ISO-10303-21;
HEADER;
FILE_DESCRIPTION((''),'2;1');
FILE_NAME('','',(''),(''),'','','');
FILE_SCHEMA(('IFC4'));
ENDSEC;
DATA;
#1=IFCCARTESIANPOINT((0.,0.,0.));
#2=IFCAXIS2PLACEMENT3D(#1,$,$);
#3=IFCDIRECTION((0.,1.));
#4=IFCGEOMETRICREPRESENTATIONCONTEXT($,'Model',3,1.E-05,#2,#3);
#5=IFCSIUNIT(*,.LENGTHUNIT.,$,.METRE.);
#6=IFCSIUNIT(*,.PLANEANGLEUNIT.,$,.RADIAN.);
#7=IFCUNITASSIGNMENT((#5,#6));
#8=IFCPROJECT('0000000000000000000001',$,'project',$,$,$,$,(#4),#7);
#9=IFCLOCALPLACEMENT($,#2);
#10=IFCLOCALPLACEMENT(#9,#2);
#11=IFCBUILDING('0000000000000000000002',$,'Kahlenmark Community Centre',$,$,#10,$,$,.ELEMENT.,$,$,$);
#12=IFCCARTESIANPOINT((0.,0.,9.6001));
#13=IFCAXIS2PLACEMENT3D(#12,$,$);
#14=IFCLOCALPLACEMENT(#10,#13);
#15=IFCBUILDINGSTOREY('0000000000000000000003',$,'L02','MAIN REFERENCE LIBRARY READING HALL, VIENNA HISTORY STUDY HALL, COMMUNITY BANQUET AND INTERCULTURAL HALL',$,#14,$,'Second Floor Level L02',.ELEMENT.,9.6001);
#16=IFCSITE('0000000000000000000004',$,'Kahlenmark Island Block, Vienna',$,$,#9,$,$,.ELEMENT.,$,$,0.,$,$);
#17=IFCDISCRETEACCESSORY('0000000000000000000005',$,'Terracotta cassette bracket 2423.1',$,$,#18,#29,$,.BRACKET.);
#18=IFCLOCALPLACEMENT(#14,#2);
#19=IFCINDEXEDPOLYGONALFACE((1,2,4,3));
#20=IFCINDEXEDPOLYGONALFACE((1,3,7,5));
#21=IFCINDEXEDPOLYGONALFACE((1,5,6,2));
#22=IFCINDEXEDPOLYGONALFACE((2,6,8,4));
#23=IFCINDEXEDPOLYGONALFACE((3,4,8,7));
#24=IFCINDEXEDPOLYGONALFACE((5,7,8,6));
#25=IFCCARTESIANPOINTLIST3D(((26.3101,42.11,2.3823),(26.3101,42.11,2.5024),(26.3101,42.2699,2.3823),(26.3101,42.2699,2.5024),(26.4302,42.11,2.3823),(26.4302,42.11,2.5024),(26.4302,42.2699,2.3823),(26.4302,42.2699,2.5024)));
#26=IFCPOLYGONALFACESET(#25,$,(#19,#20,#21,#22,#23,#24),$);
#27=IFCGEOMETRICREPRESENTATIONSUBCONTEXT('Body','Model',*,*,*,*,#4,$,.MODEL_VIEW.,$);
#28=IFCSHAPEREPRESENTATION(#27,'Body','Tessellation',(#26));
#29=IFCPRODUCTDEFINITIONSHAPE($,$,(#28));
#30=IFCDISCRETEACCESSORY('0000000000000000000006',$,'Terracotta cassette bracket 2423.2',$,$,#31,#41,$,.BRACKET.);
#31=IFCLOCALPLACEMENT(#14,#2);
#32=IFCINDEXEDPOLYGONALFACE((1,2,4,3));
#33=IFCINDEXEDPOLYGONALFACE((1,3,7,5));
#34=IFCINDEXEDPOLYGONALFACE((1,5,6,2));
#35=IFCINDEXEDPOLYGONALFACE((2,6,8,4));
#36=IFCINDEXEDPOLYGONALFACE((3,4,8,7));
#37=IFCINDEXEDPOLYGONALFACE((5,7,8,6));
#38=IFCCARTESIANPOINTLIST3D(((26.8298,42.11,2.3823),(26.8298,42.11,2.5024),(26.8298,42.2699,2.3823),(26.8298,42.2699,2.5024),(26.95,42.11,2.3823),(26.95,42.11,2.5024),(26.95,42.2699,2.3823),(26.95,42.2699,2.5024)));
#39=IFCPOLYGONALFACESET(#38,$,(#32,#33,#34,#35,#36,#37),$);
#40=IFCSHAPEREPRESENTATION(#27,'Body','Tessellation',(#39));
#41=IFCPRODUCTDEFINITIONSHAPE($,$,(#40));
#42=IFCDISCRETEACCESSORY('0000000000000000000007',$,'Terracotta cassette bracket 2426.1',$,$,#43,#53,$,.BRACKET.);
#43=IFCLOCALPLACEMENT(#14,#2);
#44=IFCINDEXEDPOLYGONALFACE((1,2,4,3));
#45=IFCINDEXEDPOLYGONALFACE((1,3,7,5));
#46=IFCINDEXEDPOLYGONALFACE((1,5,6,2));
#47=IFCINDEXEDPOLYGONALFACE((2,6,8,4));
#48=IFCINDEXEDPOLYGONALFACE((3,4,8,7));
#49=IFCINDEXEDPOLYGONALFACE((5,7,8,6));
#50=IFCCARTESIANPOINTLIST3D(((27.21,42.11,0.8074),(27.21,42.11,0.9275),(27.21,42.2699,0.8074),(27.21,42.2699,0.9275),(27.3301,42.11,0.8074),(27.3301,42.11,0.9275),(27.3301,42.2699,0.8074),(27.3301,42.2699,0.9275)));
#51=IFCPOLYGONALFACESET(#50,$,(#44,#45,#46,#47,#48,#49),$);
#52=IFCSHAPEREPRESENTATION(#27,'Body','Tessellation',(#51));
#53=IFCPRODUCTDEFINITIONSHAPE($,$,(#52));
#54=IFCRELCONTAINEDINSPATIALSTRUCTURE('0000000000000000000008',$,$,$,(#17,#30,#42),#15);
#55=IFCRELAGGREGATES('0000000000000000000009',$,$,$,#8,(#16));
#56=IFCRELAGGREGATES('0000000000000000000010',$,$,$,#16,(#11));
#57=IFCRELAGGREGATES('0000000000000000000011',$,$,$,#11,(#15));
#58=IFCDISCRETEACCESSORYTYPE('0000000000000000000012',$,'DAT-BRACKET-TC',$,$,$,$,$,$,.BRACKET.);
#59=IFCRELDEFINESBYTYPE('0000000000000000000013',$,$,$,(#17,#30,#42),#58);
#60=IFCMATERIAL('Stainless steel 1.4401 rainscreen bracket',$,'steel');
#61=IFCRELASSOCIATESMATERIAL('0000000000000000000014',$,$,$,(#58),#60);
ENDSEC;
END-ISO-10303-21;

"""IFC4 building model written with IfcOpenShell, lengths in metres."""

from ifc_helpers import new_model, si_unit, direction, frame, origin, origin_2d, place, context, subcontext, project, spatial, rectangle, extrude, material, type_object, element, save


model = new_model("IFC4")

# Units and contexts
model_context = context("Model", 3, precision=1e-05, world=origin(), true_north=direction((0.0, 1.0)))
body_context = subcontext(model_context, "Body", "Model", "MODEL_VIEW")
ifc_project = project(units=[si_unit("LENGTHUNIT", "METRE"), si_unit("PLANEANGLEUNIT", "RADIAN")], contexts=[model_context])

# Site, building, storey
site_placement = place(None, origin())
site = spatial("IfcSite", under=ifc_project, at=site_placement, Name="Kahlenmark Island Block, Vienna", CompositionType="ELEMENT", RefElevation=0.0)
building_placement = place(site_placement, origin())
building = spatial("IfcBuilding", under=site, at=building_placement, Name="Kahlenmark Community Centre", CompositionType="ELEMENT")
storey_placement = place(building_placement, frame((0.0, 0.0, 9.6001)))
storey = spatial("IfcBuildingStorey", under=building, at=storey_placement, Name="L02", Description="MAIN REFERENCE LIBRARY READING HALL, VIENNA HISTORY STUDY HALL, COMMUNITY BANQUET AND INTERCULTURAL HALL", LongName="Second Floor Level L02", CompositionType="ELEMENT", Elevation=9.6001)

# Discrete accessories
ifc_material_1 = material(Name="Stainless steel 1.4401 rainscreen bracket", Category="steel")
discrete_accessory_type = type_object("IfcDiscreteAccessoryType", Name="DAT-BRACKET-TC", PredefinedType="BRACKET", material=ifc_material_1)
for number, where, z_axis, x_axis, name in (
    (1, (26.3701, 42.1899, 2.3823), (0.0, 0.0, 1.0), (1.0, 0.0, 0.0), "Terracotta cassette bracket 2423.1"),
    (2, (26.8899, 42.1899, 2.3823), (0.0, 0.0, 1.0), (1.0, 0.0, 0.0), "Terracotta cassette bracket 2423.2"),
    (3, (27.27, 42.1899, 0.8074), (0.0, 0.0, 1.0), (1.0, 0.0, 0.0), "Terracotta cassette bracket 2426.1"),
):
    element("IfcDiscreteAccessory", number, at=place(storey_placement, frame(where, z_axis=z_axis, x_axis=x_axis)), inside=storey, type_object=discrete_accessory_type, Name=name, PredefinedType="BRACKET", context=body_context, shape_type="SweptSolid", body=[
        extrude(rectangle(XDim=0.1201, YDim=0.1599, at=origin_2d()), origin(), (0.0, 0.0, 1.0), 0.1201),
    ])

save(model, "model.ifc")
